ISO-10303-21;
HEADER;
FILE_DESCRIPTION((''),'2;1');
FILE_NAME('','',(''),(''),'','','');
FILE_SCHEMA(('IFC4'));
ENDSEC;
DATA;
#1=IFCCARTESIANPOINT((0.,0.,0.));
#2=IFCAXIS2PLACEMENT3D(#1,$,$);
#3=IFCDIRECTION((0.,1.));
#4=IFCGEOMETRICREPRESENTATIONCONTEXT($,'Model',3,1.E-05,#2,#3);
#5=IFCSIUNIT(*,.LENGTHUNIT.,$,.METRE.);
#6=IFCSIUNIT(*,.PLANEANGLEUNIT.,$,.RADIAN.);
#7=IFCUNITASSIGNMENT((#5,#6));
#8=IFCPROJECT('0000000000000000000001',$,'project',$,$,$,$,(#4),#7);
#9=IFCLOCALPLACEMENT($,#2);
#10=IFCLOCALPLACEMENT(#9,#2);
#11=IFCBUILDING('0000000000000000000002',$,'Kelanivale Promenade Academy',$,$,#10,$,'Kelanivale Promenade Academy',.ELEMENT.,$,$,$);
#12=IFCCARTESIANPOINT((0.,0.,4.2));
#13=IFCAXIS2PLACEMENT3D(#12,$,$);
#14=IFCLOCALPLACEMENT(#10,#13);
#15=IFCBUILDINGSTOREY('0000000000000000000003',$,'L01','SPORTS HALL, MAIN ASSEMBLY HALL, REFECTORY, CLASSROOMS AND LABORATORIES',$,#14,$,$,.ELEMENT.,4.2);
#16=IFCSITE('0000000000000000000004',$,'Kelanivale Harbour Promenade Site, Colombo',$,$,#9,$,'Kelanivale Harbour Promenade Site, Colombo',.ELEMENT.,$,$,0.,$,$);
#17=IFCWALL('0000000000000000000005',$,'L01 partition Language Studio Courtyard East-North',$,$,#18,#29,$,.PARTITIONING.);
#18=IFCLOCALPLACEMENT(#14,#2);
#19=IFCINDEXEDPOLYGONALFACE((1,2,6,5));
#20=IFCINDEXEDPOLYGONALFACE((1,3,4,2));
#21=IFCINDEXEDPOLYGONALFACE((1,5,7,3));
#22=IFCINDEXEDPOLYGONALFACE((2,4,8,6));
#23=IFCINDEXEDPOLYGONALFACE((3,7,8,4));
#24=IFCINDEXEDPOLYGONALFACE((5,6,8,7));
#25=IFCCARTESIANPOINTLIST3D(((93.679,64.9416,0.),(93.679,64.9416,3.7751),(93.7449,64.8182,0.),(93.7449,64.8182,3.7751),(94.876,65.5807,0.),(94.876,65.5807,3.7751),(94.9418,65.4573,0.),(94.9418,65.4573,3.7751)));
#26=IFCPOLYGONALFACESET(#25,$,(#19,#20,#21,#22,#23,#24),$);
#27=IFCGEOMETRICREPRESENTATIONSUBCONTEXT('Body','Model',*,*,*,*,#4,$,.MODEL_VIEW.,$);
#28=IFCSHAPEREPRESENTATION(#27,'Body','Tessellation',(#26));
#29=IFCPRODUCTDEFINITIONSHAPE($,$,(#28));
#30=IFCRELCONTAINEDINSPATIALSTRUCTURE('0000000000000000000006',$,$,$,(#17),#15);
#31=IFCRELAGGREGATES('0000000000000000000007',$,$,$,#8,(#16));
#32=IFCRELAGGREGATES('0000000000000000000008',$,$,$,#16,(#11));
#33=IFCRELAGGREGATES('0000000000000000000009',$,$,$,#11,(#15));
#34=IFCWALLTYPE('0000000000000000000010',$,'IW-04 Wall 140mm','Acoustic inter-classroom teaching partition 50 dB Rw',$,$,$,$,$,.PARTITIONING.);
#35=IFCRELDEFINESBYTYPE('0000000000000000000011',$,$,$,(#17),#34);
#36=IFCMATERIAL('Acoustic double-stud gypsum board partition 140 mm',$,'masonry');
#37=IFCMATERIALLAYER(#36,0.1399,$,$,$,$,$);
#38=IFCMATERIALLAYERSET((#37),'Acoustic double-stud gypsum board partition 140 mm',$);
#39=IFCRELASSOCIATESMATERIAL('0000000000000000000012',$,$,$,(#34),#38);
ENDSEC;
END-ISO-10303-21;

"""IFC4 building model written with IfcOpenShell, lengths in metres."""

from ifc_helpers import new_model, si_unit, direction, frame, frame_2d, origin, place, context, subcontext, project, spatial, rectangle, extrude, material, layer, layer_set, type_object, element, save


model = new_model("IFC4")

# Units and contexts
model_context = context("Model", 3, precision=1e-05, world=origin(), true_north=direction((0.0, 1.0)))
body_context = subcontext(model_context, "Body", "Model", "MODEL_VIEW")
ifc_project = project(units=[si_unit("LENGTHUNIT", "METRE"), si_unit("PLANEANGLEUNIT", "RADIAN")], contexts=[model_context])

# Site, building, storey
site_placement = place(None, origin())
site = spatial("IfcSite", under=ifc_project, at=site_placement, Name="Kelanivale Harbour Promenade Site, Colombo", LongName="Kelanivale Harbour Promenade Site, Colombo", CompositionType="ELEMENT", RefElevation=0.0)
building_placement = place(site_placement, origin())
building = spatial("IfcBuilding", under=site, at=building_placement, Name="Kelanivale Promenade Academy", LongName="Kelanivale Promenade Academy", CompositionType="ELEMENT")
storey_placement = place(building_placement, frame((0.0, 0.0, 4.2)))
storey = spatial("IfcBuildingStorey", under=building, at=storey_placement, Name="L01", Description="SPORTS HALL, MAIN ASSEMBLY HALL, REFECTORY, CLASSROOMS AND LABORATORIES", CompositionType="ELEMENT", Elevation=4.2)

# Wall
ifc_material_1 = material(Name="Acoustic double-stud gypsum board partition 140 mm", Category="masonry")
ifc_layer_1 = layer(ifc_material_1, 0.1399)
ifc_layer_set_1 = layer_set([ifc_layer_1], Name="Acoustic double-stud gypsum board partition 140 mm")
wall_type = type_object("IfcWallType", Name="IW-04 Wall 140mm", Description="Acoustic inter-classroom teaching partition 50 dB Rw", PredefinedType="PARTITIONING", material=ifc_layer_set_1)
wall_1_placement = place(storey_placement, frame((93.7119, 64.8799, 0.0), z_axis=(0.0, 0.0, 1.0), x_axis=(0.882124, 0.471018, 0.0)))
element("IfcWall", 1, at=wall_1_placement, inside=storey, type_object=wall_type, Name="L01 partition Language Studio Courtyard East-North", PredefinedType="PARTITIONING", context=body_context, shape_type="SweptSolid", body=[
    extrude(rectangle(XDim=1.3569, YDim=0.1399, at=frame_2d((0.6785, 0.0))), origin(), (0.0, 0.0, 1.0), 3.7751),
])

save(model, "model.ifc")
